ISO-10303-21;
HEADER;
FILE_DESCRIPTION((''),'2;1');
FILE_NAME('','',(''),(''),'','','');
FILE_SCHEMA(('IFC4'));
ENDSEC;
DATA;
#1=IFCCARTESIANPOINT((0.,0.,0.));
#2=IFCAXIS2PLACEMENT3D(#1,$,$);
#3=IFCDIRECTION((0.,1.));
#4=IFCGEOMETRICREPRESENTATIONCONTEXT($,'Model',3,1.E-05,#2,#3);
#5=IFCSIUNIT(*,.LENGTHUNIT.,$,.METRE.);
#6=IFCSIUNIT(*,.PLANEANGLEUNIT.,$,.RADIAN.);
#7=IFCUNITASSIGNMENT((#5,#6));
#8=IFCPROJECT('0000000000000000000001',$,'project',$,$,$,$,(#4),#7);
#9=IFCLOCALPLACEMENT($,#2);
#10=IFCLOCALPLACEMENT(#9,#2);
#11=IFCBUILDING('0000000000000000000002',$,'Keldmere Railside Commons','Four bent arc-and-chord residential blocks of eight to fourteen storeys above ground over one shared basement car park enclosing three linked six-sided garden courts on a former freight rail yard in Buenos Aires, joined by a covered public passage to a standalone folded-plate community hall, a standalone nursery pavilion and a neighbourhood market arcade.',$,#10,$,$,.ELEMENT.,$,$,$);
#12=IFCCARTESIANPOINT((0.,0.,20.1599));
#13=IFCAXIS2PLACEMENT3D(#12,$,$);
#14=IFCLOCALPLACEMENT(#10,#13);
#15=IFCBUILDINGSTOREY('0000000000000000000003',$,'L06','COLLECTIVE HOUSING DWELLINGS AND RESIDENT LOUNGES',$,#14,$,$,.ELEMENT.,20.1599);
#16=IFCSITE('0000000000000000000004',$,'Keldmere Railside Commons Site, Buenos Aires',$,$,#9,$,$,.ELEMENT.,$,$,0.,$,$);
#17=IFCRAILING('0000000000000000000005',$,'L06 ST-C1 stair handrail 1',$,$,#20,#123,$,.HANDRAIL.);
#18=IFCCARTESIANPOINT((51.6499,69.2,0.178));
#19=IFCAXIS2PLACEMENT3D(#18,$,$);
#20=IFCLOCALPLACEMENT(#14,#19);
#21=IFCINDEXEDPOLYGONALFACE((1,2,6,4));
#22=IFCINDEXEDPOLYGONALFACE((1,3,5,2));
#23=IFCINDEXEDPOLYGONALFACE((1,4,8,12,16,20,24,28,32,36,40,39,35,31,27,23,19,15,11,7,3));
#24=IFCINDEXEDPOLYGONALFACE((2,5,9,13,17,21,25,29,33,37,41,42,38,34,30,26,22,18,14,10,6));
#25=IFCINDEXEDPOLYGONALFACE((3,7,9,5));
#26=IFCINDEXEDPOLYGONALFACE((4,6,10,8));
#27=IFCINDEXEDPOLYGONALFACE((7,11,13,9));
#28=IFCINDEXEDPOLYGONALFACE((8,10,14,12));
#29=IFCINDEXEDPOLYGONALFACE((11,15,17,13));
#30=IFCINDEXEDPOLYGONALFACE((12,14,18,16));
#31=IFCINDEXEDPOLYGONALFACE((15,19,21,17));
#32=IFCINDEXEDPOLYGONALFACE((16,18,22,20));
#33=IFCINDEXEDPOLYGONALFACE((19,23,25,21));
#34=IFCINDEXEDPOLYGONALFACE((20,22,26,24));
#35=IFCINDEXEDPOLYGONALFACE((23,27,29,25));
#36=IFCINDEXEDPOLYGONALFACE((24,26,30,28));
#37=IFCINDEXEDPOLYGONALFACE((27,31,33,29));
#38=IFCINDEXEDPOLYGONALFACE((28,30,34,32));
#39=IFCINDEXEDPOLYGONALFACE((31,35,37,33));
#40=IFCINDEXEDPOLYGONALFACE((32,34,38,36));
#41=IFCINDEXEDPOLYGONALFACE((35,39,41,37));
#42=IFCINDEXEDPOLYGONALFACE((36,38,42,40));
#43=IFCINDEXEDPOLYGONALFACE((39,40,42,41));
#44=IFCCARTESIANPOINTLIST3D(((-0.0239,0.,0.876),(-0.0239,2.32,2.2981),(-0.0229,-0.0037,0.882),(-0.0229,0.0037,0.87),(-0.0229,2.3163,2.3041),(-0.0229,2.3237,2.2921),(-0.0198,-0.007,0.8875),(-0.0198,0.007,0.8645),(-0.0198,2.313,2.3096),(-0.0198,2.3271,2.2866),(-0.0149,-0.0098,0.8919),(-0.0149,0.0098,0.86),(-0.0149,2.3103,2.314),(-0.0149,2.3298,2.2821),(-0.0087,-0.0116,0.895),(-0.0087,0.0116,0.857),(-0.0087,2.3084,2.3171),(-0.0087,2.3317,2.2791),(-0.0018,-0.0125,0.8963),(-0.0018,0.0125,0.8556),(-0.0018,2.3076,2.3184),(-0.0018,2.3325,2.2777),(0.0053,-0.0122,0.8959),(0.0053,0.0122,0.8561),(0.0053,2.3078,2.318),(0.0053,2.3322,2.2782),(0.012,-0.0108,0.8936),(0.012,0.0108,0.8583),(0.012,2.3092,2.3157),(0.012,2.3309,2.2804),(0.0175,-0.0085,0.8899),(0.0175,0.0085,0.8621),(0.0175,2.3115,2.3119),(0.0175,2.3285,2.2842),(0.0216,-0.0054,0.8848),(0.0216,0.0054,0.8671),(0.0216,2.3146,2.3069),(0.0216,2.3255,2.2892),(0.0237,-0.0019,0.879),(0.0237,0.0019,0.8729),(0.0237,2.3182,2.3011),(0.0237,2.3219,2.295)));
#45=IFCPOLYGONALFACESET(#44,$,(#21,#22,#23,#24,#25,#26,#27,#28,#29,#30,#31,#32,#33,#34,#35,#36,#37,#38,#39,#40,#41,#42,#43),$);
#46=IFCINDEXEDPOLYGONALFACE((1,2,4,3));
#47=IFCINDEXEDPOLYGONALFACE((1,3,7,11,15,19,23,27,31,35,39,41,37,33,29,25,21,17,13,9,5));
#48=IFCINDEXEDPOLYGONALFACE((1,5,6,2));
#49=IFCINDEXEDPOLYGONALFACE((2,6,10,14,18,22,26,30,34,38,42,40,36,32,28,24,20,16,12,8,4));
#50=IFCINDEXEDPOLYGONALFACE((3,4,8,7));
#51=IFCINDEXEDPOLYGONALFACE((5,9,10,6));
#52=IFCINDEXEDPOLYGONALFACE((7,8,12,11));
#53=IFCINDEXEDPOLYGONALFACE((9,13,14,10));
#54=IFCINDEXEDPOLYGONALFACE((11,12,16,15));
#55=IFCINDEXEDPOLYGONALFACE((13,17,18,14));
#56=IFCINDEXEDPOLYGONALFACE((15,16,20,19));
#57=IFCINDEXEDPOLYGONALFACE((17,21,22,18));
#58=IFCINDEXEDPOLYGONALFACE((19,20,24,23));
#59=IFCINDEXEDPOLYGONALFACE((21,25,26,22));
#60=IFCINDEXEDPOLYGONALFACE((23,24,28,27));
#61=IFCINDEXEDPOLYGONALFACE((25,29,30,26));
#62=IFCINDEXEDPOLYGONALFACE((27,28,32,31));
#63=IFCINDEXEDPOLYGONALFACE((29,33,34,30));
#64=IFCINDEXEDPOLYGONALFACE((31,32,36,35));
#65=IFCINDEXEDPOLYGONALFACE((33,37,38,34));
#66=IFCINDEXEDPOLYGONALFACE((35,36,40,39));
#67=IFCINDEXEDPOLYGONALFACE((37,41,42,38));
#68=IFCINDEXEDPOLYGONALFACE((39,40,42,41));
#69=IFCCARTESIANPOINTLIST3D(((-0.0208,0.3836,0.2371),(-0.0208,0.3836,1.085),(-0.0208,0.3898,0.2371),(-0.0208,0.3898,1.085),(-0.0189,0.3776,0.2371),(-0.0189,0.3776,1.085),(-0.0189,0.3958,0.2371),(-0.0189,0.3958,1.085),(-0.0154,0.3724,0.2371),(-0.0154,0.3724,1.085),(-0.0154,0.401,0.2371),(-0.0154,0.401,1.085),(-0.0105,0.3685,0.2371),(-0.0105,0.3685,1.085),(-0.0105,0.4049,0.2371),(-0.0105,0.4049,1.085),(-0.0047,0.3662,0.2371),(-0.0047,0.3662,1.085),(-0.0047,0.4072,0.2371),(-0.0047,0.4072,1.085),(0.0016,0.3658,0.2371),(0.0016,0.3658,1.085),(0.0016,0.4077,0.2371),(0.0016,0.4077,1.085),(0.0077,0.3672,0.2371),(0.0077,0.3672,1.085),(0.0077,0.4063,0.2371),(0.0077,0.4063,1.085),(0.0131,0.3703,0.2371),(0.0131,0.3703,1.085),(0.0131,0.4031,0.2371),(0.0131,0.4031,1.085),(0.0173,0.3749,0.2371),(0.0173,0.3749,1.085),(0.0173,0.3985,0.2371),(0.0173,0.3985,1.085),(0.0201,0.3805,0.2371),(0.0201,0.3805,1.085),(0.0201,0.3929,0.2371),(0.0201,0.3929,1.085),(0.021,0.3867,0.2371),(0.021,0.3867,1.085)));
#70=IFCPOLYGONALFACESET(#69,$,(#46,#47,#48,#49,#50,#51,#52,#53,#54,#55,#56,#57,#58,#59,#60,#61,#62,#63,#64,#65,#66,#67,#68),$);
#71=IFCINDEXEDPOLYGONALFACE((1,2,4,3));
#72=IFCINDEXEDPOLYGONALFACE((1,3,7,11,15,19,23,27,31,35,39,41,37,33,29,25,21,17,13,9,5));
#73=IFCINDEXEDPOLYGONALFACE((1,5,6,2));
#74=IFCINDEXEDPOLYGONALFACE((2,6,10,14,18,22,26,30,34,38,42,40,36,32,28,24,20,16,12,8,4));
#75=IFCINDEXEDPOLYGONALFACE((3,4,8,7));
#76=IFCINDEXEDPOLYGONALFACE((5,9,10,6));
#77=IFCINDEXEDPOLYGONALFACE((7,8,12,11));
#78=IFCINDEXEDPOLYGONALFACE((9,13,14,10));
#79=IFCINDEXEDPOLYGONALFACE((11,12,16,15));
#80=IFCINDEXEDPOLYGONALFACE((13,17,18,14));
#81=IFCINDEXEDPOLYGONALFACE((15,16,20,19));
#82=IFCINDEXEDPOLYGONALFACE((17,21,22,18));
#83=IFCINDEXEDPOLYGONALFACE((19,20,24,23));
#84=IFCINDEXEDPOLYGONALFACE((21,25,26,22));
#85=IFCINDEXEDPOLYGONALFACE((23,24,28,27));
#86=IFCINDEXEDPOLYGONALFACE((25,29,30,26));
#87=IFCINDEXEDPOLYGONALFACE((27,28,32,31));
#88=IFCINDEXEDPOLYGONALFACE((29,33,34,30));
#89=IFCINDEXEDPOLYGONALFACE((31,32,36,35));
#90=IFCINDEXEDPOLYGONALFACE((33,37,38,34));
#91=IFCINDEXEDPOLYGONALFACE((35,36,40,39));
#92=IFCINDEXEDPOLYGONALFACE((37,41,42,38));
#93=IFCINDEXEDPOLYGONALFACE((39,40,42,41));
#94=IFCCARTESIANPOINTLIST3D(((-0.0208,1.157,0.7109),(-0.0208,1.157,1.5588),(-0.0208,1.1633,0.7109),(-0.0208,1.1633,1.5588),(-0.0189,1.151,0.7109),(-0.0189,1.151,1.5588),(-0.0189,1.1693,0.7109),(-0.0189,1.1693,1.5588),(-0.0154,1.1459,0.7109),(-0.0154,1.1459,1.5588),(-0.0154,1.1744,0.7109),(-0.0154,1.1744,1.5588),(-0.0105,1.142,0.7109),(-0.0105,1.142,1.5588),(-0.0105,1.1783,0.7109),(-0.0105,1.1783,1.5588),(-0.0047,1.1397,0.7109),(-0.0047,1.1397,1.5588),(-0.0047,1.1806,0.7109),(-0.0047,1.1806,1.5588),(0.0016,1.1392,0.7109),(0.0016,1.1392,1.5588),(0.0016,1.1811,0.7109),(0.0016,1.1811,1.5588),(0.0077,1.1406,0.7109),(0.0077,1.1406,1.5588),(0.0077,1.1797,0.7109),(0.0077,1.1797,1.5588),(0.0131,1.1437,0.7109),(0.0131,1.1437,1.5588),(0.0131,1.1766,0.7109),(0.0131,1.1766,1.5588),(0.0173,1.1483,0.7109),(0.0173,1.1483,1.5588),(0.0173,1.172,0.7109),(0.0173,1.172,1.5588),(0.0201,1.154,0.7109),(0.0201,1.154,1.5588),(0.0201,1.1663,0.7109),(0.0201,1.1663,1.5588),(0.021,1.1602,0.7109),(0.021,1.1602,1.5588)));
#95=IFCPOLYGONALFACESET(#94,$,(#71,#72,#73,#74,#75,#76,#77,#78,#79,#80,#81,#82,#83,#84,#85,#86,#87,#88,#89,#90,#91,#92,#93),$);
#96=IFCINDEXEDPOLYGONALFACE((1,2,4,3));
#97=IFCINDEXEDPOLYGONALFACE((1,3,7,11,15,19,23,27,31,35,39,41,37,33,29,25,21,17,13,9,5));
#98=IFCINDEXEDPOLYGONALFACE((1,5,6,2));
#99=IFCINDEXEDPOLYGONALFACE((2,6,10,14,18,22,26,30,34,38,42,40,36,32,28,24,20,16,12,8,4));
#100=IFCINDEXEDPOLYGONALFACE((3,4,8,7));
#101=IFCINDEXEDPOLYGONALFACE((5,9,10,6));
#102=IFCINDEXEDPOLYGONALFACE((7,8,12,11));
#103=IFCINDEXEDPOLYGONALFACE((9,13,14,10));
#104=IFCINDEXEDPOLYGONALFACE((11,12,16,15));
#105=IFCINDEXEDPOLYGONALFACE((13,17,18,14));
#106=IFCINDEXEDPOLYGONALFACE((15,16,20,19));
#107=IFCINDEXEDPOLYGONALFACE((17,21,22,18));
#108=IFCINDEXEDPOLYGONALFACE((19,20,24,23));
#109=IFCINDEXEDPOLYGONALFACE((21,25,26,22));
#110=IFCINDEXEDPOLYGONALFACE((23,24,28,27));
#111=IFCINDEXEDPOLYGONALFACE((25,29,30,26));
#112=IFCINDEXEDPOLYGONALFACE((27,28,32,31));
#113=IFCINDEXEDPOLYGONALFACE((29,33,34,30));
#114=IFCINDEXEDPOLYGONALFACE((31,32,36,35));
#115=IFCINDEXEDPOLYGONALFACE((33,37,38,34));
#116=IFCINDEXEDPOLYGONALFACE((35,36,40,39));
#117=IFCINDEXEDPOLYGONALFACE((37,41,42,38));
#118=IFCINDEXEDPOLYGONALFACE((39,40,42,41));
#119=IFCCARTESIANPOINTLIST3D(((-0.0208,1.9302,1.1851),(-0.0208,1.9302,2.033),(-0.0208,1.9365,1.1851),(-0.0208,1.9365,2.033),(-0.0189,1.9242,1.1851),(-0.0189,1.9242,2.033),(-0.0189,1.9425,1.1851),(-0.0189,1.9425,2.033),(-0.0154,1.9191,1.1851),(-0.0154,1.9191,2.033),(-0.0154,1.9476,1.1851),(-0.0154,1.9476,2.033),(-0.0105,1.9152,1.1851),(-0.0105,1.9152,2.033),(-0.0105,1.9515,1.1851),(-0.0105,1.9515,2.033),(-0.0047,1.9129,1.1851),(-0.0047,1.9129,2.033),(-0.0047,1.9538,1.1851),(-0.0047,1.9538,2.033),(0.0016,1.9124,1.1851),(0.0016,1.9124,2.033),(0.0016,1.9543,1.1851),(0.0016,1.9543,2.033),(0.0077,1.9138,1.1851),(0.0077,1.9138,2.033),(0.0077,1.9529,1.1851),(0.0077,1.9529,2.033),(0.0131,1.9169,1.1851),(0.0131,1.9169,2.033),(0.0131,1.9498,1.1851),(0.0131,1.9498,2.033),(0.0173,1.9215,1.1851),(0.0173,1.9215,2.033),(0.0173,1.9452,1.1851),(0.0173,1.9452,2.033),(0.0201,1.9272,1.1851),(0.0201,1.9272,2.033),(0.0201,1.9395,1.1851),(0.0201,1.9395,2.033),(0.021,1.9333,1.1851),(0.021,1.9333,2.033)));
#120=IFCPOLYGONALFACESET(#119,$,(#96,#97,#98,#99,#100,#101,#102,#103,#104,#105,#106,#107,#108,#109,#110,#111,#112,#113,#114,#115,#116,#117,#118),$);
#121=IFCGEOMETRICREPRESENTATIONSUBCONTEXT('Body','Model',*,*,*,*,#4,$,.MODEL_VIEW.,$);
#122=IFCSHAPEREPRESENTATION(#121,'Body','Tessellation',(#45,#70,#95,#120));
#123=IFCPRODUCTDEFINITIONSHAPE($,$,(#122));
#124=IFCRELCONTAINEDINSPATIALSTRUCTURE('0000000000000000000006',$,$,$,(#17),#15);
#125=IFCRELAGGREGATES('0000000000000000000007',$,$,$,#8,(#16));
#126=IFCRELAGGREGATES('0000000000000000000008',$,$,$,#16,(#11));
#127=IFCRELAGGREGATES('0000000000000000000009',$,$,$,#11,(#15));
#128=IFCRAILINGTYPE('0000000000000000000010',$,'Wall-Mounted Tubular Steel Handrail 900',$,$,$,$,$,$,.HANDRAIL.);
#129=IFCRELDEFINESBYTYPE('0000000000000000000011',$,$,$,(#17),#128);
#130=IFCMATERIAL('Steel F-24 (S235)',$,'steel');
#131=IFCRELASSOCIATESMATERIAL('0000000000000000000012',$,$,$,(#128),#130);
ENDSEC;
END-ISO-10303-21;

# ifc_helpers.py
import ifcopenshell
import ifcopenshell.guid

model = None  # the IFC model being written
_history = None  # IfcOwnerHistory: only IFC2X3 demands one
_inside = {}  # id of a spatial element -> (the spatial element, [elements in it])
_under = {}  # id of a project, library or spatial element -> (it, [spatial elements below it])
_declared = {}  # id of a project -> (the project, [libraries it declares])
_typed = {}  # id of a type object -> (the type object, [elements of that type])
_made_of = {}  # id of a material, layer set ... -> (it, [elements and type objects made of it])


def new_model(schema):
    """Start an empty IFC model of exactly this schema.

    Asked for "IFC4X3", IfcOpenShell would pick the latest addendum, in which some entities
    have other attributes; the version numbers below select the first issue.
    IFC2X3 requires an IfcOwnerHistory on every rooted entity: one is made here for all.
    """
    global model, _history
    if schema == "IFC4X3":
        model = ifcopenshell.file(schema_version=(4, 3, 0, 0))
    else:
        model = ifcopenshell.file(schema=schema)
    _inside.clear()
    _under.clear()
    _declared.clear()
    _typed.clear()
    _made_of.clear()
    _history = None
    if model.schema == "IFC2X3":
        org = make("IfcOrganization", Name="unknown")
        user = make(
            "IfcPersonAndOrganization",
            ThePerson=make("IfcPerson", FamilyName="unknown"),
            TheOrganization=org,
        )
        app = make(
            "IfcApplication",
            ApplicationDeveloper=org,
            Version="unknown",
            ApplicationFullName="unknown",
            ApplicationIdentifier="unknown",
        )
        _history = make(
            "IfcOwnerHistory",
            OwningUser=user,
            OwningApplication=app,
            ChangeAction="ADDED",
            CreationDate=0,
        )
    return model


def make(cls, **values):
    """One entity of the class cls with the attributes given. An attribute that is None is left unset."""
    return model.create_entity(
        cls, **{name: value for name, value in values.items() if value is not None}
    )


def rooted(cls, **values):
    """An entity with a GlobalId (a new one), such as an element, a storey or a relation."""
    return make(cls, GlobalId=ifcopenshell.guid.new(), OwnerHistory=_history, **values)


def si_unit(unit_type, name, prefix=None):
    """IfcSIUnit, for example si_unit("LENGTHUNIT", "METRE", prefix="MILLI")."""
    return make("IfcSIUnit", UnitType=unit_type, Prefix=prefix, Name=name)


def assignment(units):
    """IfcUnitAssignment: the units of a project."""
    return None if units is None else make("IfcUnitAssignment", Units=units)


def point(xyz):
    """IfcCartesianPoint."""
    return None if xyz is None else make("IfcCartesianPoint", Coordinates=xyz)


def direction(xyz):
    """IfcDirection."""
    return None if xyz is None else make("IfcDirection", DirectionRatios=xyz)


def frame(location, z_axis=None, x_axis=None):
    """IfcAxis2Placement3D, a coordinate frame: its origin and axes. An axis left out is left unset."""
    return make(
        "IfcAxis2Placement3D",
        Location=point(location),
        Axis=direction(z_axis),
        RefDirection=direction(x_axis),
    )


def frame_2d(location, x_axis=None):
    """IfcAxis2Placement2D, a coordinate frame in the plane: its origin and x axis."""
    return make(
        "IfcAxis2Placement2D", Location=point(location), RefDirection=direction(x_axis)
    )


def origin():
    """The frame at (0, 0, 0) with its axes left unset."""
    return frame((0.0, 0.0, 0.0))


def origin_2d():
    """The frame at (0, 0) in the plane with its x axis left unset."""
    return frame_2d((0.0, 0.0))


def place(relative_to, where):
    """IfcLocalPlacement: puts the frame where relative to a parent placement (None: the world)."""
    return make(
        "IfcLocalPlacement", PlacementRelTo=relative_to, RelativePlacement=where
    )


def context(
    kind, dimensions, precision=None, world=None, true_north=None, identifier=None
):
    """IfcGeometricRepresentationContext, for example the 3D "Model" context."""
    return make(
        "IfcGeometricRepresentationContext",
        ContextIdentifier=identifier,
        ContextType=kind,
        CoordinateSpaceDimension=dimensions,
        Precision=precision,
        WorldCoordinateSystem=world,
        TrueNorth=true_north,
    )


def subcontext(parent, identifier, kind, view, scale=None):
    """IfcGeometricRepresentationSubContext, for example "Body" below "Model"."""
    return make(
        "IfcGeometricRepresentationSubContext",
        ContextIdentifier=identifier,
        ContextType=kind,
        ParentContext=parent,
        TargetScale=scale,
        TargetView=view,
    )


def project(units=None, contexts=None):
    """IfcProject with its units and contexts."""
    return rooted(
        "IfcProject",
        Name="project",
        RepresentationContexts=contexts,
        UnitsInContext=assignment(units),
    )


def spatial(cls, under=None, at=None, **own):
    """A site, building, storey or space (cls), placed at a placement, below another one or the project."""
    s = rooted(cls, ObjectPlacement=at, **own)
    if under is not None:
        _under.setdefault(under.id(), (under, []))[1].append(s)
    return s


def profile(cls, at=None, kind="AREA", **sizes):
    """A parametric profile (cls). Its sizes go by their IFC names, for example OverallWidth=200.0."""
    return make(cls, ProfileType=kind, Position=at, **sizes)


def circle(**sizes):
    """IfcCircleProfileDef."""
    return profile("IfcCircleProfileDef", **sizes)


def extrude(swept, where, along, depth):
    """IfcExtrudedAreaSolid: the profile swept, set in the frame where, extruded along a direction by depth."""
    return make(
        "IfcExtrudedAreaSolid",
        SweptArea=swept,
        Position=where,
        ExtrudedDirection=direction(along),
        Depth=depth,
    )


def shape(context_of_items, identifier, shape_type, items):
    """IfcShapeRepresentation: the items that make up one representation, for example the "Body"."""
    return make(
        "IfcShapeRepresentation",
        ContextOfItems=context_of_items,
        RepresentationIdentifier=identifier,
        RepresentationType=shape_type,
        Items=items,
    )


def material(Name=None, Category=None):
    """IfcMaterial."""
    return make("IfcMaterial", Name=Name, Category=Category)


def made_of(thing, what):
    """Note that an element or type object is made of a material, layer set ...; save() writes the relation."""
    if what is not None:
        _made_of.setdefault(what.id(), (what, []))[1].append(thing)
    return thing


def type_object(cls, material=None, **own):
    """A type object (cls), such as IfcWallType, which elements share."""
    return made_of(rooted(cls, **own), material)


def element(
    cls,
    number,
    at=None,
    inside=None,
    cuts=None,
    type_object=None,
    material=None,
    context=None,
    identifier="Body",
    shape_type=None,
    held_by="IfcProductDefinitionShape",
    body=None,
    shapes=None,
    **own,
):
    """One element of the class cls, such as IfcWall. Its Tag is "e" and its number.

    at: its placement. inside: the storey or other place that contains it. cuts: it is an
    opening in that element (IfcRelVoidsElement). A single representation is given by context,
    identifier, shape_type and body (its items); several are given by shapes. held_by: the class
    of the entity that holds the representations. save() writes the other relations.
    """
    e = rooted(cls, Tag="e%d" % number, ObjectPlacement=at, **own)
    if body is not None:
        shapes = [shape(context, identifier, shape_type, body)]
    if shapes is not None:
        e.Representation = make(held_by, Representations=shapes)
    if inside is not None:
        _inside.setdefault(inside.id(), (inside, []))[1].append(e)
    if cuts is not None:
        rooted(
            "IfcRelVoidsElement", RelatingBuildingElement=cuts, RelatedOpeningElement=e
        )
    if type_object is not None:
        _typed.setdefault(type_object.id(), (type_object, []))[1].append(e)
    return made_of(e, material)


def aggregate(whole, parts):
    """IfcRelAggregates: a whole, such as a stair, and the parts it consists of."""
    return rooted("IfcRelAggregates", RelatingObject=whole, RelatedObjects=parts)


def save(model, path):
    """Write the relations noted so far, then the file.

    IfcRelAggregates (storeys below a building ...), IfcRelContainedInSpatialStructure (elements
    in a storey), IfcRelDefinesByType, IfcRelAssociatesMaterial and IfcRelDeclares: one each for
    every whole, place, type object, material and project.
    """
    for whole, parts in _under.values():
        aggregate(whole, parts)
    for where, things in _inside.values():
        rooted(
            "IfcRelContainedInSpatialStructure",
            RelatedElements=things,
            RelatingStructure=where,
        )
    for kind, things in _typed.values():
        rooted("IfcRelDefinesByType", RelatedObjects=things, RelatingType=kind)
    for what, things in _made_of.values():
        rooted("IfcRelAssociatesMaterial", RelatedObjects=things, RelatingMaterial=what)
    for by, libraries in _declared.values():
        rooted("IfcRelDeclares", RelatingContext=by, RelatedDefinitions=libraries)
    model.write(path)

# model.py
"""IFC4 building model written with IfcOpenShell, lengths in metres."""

from ifc_helpers import new_model, si_unit, direction, frame, origin, origin_2d, place, context, subcontext, project, spatial, circle, extrude, material, type_object, element, save


model = new_model("IFC4")

# Units and contexts
model_context = context("Model", 3, precision=1e-05, world=origin(), true_north=direction((0.0, 1.0)))
body_context = subcontext(model_context, "Body", "Model", "MODEL_VIEW")
ifc_project = project(units=[si_unit("LENGTHUNIT", "METRE"), si_unit("PLANEANGLEUNIT", "RADIAN")], contexts=[model_context])

# Site, building, storey
site_placement = place(None, origin())
site = spatial("IfcSite", under=ifc_project, at=site_placement, Name="Keldmere Railside Commons Site, Buenos Aires", CompositionType="ELEMENT", RefElevation=0.0)
building_placement = place(site_placement, origin())
building = spatial("IfcBuilding", under=site, at=building_placement, Name="Keldmere Railside Commons", Description="Four bent arc-and-chord residential blocks of eight to fourteen storeys above ground over one shared basement car park enclosing three linked six-sided garden courts on a former freight rail yard in Buenos Aires, joined by a covered public passage to a standalone folded-plate community hall, a standalone nursery pavilion and a neighbourhood market arcade.", CompositionType="ELEMENT")
storey_placement = place(building_placement, frame((0.0, 0.0, 20.1599)))
storey = spatial("IfcBuildingStorey", under=building, at=storey_placement, Name="L06", Description="COLLECTIVE HOUSING DWELLINGS AND RESIDENT LOUNGES", CompositionType="ELEMENT", Elevation=20.1599)

# Shared definitions
ifc_material_1 = material(Name="Steel F-24 (S235)", Category="steel")

# Railing
railing_type_1 = type_object("IfcRailingType", Name="Wall-Mounted Tubular Steel Handrail 900", PredefinedType="HANDRAIL", material=ifc_material_1)
railing_1_placement = place(storey_placement, frame((51.6499, 69.2, 0.178)))
element("IfcRailing", 1, at=railing_1_placement, inside=storey, type_object=railing_type_1, Name="L06 ST-C1 stair handrail 1", PredefinedType="HANDRAIL", context=body_context, shape_type="SweptSolid", body=[
    extrude(circle(Radius=0.0239, at=origin_2d()), frame((0.0, 0.0, 0.876), z_axis=(0.0, 0.852578, 0.5226), x_axis=(-1.0, 0.0, 0.0)), (0.0, 0.0, 1.0), 2.7212),
    extrude(circle(Radius=0.021, at=origin_2d()), frame((0.0, 0.3867, 0.2371)), (0.0, 0.0, 1.0), 0.8479),
    extrude(circle(Radius=0.021, at=origin_2d()), frame((0.0, 1.1602, 0.7109)), (0.0, 0.0, 1.0), 0.8479),
    extrude(circle(Radius=0.021, at=origin_2d()), frame((0.0, 1.9333, 1.1851)), (0.0, 0.0, 1.0), 0.8479),
])

save(model, "model.ifc")
